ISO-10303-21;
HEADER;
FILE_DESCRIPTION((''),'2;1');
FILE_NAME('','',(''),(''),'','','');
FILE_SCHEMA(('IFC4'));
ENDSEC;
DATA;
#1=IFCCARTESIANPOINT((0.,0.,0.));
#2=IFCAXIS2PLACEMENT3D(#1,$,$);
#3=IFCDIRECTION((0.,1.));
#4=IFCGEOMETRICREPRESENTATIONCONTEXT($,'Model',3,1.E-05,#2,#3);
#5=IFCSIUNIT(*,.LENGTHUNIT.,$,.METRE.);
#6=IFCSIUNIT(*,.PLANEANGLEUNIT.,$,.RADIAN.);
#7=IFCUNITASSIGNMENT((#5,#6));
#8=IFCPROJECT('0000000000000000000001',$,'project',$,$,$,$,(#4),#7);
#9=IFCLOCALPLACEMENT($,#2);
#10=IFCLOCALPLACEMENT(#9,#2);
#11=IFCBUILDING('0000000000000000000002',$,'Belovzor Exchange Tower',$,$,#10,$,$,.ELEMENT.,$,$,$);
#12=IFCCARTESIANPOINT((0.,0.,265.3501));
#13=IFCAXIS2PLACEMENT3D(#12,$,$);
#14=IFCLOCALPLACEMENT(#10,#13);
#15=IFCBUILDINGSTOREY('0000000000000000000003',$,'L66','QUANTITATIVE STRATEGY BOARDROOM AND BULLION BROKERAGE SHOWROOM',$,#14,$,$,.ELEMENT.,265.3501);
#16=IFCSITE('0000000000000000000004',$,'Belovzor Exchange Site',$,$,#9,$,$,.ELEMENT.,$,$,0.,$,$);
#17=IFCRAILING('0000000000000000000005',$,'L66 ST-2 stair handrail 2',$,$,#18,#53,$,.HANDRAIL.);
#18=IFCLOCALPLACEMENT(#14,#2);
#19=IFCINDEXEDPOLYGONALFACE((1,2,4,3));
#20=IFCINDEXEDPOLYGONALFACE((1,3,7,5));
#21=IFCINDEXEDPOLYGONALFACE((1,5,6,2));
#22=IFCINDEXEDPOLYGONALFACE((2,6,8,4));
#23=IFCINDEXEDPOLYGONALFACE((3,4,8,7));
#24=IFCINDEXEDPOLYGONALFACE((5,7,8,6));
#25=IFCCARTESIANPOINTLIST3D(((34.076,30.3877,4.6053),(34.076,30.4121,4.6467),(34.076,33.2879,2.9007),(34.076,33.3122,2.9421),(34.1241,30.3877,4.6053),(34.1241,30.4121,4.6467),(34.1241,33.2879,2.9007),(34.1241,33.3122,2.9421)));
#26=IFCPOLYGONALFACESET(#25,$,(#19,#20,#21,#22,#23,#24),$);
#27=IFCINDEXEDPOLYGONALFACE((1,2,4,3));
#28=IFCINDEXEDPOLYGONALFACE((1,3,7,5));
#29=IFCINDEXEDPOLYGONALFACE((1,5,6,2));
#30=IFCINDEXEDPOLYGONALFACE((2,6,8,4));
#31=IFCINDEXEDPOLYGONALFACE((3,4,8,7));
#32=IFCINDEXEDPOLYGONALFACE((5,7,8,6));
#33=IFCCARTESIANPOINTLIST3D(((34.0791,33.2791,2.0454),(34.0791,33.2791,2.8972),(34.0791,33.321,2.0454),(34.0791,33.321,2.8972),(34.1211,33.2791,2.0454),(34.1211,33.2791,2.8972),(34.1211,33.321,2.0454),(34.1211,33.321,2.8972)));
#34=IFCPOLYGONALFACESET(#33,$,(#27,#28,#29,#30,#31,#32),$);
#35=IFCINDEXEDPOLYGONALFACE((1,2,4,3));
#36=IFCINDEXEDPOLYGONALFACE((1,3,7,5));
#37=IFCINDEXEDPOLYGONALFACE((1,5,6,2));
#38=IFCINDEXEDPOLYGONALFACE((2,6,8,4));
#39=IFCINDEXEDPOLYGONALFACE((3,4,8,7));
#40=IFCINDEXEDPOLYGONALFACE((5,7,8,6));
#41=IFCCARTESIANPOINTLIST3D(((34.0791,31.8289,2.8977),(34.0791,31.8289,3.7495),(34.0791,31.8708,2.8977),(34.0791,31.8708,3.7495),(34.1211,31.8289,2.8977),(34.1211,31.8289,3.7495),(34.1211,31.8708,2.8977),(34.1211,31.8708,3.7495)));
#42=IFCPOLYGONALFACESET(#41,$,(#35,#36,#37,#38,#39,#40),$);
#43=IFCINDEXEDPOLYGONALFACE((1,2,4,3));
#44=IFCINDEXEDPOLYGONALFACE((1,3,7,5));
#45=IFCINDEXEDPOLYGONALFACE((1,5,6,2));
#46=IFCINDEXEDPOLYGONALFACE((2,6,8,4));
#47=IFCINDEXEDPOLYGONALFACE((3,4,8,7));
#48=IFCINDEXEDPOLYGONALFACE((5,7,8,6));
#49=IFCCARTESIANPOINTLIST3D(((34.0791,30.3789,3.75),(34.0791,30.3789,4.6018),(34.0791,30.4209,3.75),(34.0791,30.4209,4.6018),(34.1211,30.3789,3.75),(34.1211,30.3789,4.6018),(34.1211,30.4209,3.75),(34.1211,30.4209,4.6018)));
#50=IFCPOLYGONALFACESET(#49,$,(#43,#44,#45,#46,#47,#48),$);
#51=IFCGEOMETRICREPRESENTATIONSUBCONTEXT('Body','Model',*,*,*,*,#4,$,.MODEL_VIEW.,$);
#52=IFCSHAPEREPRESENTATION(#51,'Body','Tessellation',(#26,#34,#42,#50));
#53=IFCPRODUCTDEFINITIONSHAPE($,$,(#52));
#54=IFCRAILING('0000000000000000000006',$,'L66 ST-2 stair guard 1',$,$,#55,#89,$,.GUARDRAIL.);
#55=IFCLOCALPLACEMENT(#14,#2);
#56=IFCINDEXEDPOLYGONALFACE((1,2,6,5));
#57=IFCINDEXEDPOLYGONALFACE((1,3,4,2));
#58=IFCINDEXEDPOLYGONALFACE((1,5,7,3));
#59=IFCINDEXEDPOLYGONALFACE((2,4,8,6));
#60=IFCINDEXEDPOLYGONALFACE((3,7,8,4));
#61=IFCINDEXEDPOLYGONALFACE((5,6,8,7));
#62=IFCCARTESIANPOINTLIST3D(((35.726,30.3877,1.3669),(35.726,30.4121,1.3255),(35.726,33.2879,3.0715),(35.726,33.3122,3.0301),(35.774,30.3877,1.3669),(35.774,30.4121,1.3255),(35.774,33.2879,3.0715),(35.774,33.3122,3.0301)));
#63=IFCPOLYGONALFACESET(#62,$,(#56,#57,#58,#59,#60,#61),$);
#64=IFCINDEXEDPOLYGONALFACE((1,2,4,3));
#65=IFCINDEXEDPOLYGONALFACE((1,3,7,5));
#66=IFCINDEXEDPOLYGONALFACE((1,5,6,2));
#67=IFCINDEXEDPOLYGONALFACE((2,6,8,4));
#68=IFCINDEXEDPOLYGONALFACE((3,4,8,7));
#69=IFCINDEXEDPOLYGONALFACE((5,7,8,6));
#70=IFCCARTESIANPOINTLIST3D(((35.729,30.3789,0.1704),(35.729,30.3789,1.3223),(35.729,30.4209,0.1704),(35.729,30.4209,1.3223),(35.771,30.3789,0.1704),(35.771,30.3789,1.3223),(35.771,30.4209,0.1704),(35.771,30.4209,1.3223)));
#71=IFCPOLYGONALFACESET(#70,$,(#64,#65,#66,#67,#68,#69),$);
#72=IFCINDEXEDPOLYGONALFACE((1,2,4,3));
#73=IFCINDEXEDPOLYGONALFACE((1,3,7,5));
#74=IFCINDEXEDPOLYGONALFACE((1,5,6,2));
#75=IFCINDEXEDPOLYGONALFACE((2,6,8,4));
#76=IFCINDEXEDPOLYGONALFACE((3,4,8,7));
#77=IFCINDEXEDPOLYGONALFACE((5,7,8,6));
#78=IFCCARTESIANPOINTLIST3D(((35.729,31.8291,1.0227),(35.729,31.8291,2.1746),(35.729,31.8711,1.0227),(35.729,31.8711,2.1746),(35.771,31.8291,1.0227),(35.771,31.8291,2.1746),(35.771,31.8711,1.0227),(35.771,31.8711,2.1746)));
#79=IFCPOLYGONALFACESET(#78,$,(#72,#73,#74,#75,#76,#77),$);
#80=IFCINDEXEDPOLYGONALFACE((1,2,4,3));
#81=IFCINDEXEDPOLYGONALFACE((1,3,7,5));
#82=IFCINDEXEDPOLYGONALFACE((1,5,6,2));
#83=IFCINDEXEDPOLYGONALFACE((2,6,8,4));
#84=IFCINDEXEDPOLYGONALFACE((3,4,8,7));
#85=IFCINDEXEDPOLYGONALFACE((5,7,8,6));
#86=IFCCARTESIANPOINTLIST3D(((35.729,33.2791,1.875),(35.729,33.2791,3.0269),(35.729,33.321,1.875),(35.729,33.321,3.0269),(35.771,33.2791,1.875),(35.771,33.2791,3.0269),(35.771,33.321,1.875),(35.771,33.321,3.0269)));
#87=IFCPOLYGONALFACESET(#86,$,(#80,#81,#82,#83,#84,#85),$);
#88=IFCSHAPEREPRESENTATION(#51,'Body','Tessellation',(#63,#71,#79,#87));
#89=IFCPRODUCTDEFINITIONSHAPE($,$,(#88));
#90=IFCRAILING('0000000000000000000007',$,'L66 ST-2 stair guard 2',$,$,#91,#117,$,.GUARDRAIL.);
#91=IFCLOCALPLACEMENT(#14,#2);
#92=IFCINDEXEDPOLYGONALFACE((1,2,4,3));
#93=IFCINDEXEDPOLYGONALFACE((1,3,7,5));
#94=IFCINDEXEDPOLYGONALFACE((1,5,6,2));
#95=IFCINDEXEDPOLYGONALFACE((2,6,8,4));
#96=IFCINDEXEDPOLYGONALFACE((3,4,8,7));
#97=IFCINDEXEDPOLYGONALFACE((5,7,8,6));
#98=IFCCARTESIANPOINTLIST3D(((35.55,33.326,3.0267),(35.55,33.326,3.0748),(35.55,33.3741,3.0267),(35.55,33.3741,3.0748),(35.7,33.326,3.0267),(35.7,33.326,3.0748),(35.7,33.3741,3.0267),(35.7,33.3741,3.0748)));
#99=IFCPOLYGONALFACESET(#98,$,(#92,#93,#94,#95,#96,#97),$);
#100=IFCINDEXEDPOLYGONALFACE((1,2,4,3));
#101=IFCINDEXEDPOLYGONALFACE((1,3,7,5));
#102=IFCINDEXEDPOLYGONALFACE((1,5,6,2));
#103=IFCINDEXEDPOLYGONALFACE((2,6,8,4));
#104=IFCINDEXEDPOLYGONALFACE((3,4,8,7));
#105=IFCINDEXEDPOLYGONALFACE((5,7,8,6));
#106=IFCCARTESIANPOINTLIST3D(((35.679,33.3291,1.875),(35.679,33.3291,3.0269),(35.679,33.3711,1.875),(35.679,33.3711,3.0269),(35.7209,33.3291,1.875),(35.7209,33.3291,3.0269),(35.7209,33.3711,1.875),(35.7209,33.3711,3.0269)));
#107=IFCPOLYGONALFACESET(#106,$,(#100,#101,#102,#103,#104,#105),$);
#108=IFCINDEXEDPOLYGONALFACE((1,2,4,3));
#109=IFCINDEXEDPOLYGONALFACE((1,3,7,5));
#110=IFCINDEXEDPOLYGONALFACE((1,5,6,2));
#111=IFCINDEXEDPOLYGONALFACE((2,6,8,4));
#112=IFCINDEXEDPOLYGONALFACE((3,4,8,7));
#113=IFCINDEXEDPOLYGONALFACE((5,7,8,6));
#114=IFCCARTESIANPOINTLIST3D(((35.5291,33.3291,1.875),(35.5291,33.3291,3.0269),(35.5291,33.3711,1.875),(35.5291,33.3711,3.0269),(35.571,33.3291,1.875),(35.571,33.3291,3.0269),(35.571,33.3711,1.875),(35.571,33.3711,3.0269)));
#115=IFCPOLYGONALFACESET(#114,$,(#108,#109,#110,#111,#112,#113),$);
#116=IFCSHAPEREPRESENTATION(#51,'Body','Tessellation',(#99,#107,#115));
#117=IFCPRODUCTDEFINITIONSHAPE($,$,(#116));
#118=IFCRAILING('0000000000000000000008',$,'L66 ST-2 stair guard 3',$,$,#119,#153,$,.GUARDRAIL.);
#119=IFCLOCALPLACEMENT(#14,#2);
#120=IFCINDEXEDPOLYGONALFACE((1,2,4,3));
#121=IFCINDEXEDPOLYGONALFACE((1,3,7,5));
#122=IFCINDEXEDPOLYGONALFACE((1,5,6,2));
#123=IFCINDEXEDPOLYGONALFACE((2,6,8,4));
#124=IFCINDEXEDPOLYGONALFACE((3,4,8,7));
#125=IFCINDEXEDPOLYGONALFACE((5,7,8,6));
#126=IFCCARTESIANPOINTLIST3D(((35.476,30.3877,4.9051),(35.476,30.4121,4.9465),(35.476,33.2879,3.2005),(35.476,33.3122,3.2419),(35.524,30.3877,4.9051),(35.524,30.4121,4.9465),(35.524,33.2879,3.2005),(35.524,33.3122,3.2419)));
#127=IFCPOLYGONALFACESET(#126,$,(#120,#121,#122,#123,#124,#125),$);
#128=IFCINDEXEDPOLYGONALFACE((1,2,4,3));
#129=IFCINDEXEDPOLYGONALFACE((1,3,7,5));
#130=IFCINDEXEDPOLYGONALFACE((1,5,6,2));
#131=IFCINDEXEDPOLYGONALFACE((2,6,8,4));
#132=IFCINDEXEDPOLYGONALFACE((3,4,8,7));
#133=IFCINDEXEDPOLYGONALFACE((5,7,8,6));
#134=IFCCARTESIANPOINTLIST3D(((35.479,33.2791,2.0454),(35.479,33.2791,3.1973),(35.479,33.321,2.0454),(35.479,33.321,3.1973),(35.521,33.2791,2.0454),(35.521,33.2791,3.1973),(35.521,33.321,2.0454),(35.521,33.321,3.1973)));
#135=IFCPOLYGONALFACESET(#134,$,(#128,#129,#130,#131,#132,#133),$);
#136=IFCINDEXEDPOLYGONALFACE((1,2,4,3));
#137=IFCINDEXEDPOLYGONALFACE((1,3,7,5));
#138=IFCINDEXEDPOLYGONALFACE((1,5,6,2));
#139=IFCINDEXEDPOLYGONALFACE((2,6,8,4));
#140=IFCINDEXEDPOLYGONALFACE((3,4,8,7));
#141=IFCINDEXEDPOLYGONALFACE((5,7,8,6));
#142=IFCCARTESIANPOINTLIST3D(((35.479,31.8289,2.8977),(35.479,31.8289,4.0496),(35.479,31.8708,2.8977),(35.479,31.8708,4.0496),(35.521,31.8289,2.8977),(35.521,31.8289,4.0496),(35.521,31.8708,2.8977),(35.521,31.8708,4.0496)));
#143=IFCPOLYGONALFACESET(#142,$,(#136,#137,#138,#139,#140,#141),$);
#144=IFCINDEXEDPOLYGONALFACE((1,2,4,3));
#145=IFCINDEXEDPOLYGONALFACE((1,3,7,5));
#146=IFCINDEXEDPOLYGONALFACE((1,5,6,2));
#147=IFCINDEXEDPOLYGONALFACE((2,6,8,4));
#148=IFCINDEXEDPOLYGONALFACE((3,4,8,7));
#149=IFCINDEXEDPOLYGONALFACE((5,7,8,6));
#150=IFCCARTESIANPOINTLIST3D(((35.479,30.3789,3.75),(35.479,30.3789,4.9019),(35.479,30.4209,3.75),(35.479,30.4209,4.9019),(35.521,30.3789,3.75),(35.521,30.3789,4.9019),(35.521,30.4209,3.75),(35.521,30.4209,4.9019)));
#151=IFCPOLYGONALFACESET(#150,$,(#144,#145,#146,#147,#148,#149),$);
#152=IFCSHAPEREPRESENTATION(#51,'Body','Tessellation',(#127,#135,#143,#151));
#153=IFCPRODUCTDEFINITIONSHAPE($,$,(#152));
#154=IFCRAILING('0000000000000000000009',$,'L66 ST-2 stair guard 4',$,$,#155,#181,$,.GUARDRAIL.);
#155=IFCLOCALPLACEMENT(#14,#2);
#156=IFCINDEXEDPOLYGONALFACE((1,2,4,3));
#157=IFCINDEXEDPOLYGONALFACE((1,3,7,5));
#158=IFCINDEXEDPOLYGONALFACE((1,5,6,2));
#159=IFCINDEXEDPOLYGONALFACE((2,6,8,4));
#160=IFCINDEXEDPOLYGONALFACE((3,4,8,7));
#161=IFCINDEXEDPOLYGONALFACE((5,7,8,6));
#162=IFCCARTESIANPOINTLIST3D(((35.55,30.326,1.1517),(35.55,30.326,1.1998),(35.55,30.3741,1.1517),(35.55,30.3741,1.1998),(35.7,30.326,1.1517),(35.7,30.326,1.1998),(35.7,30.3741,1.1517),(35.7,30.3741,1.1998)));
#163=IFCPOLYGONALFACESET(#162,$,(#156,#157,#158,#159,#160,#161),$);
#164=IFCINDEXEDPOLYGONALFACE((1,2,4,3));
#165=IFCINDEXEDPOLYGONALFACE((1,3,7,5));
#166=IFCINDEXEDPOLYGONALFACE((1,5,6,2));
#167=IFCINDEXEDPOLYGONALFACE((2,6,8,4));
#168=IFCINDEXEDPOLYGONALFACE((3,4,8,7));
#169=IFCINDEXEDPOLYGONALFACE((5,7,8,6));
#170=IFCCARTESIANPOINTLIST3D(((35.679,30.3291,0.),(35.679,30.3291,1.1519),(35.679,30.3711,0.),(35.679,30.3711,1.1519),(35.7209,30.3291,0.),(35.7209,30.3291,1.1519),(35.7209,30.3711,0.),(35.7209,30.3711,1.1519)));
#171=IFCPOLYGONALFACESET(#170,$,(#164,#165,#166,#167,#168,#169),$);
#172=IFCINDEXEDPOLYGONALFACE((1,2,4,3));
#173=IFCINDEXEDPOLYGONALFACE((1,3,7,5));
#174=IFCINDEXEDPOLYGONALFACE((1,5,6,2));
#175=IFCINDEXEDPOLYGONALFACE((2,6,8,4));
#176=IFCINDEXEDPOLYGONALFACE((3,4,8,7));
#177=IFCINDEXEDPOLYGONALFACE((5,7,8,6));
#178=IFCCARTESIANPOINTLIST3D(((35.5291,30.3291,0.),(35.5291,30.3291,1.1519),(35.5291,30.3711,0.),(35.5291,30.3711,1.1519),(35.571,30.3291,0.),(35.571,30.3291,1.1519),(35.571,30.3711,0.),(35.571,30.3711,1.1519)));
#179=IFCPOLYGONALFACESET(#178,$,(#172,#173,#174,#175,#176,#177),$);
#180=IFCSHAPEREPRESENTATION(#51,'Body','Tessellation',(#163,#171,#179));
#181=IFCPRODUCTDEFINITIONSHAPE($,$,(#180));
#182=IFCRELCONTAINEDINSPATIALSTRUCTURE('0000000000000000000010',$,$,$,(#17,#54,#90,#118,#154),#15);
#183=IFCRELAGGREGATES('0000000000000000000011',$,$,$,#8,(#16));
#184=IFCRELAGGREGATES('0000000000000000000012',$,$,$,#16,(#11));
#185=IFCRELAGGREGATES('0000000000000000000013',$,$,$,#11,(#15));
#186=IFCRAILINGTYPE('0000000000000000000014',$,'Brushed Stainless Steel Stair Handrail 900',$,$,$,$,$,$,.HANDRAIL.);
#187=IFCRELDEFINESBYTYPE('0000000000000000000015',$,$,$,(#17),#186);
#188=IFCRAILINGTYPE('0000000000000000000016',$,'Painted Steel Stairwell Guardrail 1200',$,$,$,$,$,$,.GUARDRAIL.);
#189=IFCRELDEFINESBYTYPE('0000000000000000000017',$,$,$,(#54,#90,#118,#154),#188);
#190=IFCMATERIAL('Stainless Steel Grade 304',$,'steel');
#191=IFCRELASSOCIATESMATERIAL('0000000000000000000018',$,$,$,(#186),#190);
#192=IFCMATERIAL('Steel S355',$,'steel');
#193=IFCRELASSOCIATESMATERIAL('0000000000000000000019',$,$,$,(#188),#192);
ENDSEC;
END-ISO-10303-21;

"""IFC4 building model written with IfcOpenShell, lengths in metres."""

from ifc_helpers import new_model, si_unit, direction, frame, origin, origin_2d, place, context, subcontext, project, spatial, rectangle, extrude, material, type_object, element, save


model = new_model("IFC4")

# Units and contexts
model_context = context("Model", 3, precision=1e-05, world=origin(), true_north=direction((0.0, 1.0)))
body_context = subcontext(model_context, "Body", "Model", "MODEL_VIEW")
ifc_project = project(units=[si_unit("LENGTHUNIT", "METRE"), si_unit("PLANEANGLEUNIT", "RADIAN")], contexts=[model_context])

# Site, building, storey
site_placement = place(None, origin())
site = spatial("IfcSite", under=ifc_project, at=site_placement, Name="Belovzor Exchange Site", CompositionType="ELEMENT", RefElevation=0.0)
building_placement = place(site_placement, origin())
building = spatial("IfcBuilding", under=site, at=building_placement, Name="Belovzor Exchange Tower", CompositionType="ELEMENT")
storey_placement = place(building_placement, frame((0.0, 0.0, 265.3501)))
storey = spatial("IfcBuildingStorey", under=building, at=storey_placement, Name="L66", Description="QUANTITATIVE STRATEGY BOARDROOM AND BULLION BROKERAGE SHOWROOM", CompositionType="ELEMENT", Elevation=265.3501)

# Railings
ifc_material_1 = material(Name="Stainless Steel Grade 304", Category="steel")
railing_type_1 = type_object("IfcRailingType", Name="Brushed Stainless Steel Stair Handrail 900", PredefinedType="HANDRAIL", material=ifc_material_1)
railing_1_placement = place(storey_placement, frame((34.1001, 33.3, 2.0454)))
element("IfcRailing", 1, at=railing_1_placement, inside=storey, type_object=railing_type_1, Name="L66 ST-2 stair handrail 2", PredefinedType="HANDRAIL", context=body_context, shape_type="SweptSolid", body=[
    extrude(rectangle(XDim=0.0481, YDim=0.0481, at=origin_2d()), frame((0.0, 0.0, 0.876), z_axis=(0.0, -0.862113, 0.506716), x_axis=(1.0, 0.0, 0.0)), (0.0, 0.0, 1.0), 3.364),
    extrude(rectangle(XDim=0.042, YDim=0.042, at=origin_2d()), origin(), (0.0, 0.0, 1.0), 0.8518),
    extrude(rectangle(XDim=0.042, YDim=0.042, at=origin_2d()), frame((0.0, -1.4502, 0.8523)), (0.0, 0.0, 1.0), 0.8518),
    extrude(rectangle(XDim=0.042, YDim=0.042, at=origin_2d()), frame((0.0, -2.9001, 1.7046)), (0.0, 0.0, 1.0), 0.8518),
])
ifc_material_2 = material(Name="Steel S355", Category="steel")
railing_type_2 = type_object("IfcRailingType", Name="Painted Steel Stairwell Guardrail 1200", PredefinedType="GUARDRAIL", material=ifc_material_2)
railing_2_placement = place(storey_placement, frame((35.75, 30.3999, 0.1704)))
element("IfcRailing", 2, at=railing_2_placement, inside=storey, type_object=railing_type_2, Name="L66 ST-2 stair guard 1", PredefinedType="GUARDRAIL", context=body_context, shape_type="SweptSolid", body=[
    extrude(rectangle(XDim=0.0481, YDim=0.0481, at=origin_2d()), frame((0.0, 0.0, 1.1758), z_axis=(0.0, 0.862113, 0.506716), x_axis=(-1.0, 0.0, 0.0)), (0.0, 0.0, 1.0), 3.364),
    extrude(rectangle(XDim=0.042, YDim=0.042, at=origin_2d()), origin(), (0.0, 0.0, 1.0), 1.1519),
    extrude(rectangle(XDim=0.042, YDim=0.042, at=origin_2d()), frame((0.0, 1.4502, 0.8523)), (0.0, 0.0, 1.0), 1.1519),
    extrude(rectangle(XDim=0.042, YDim=0.042, at=origin_2d()), frame((0.0, 2.9001, 1.7046)), (0.0, 0.0, 1.0), 1.1519),
])
railing_3_placement = place(storey_placement, frame((35.7, 33.3501, 1.875)))
element("IfcRailing", 3, at=railing_3_placement, inside=storey, type_object=railing_type_2, Name="L66 ST-2 stair guard 2", PredefinedType="GUARDRAIL", context=body_context, shape_type="SweptSolid", body=[
    extrude(rectangle(XDim=0.0481, YDim=0.0481, at=origin_2d()), frame((0.0, 0.0, 1.1758), z_axis=(-1.0, 0.0, 0.0), x_axis=(0.0, -1.0, 0.0)), (0.0, 0.0, 1.0), 0.1499),
    extrude(rectangle(XDim=0.042, YDim=0.042, at=origin_2d()), origin(), (0.0, 0.0, 1.0), 1.1519),
    extrude(rectangle(XDim=0.042, YDim=0.042, at=origin_2d()), frame((-0.1499, 0.0, 0.0)), (0.0, 0.0, 1.0), 1.1519),
])
railing_4_placement = place(storey_placement, frame((35.5, 33.3, 2.0454)))
element("IfcRailing", 4, at=railing_4_placement, inside=storey, type_object=railing_type_2, Name="L66 ST-2 stair guard 3", PredefinedType="GUARDRAIL", context=body_context, shape_type="SweptSolid", body=[
    extrude(rectangle(XDim=0.0481, YDim=0.0481, at=origin_2d()), frame((0.0, 0.0, 1.1758), z_axis=(0.0, -0.862113, 0.506716), x_axis=(1.0, 0.0, 0.0)), (0.0, 0.0, 1.0), 3.364),
    extrude(rectangle(XDim=0.042, YDim=0.042, at=origin_2d()), origin(), (0.0, 0.0, 1.0), 1.1519),
    extrude(rectangle(XDim=0.042, YDim=0.042, at=origin_2d()), frame((0.0, -1.4502, 0.8523)), (0.0, 0.0, 1.0), 1.1519),
    extrude(rectangle(XDim=0.042, YDim=0.042, at=origin_2d()), frame((0.0, -2.9001, 1.7046)), (0.0, 0.0, 1.0), 1.1519),
])
railing_5_placement = place(storey_placement, frame((35.7, 30.3501, 0.0)))
element("IfcRailing", 5, at=railing_5_placement, inside=storey, type_object=railing_type_2, Name="L66 ST-2 stair guard 4", PredefinedType="GUARDRAIL", context=body_context, shape_type="SweptSolid", body=[
    extrude(rectangle(XDim=0.0481, YDim=0.0481, at=origin_2d()), frame((0.0, 0.0, 1.1758), z_axis=(-1.0, 0.0, 0.0), x_axis=(0.0, -1.0, 0.0)), (0.0, 0.0, 1.0), 0.1499),
    extrude(rectangle(XDim=0.042, YDim=0.042, at=origin_2d()), origin(), (0.0, 0.0, 1.0), 1.1519),
    extrude(rectangle(XDim=0.042, YDim=0.042, at=origin_2d()), frame((-0.1499, 0.0, 0.0)), (0.0, 0.0, 1.0), 1.1519),
])

save(model, "model.ifc")
